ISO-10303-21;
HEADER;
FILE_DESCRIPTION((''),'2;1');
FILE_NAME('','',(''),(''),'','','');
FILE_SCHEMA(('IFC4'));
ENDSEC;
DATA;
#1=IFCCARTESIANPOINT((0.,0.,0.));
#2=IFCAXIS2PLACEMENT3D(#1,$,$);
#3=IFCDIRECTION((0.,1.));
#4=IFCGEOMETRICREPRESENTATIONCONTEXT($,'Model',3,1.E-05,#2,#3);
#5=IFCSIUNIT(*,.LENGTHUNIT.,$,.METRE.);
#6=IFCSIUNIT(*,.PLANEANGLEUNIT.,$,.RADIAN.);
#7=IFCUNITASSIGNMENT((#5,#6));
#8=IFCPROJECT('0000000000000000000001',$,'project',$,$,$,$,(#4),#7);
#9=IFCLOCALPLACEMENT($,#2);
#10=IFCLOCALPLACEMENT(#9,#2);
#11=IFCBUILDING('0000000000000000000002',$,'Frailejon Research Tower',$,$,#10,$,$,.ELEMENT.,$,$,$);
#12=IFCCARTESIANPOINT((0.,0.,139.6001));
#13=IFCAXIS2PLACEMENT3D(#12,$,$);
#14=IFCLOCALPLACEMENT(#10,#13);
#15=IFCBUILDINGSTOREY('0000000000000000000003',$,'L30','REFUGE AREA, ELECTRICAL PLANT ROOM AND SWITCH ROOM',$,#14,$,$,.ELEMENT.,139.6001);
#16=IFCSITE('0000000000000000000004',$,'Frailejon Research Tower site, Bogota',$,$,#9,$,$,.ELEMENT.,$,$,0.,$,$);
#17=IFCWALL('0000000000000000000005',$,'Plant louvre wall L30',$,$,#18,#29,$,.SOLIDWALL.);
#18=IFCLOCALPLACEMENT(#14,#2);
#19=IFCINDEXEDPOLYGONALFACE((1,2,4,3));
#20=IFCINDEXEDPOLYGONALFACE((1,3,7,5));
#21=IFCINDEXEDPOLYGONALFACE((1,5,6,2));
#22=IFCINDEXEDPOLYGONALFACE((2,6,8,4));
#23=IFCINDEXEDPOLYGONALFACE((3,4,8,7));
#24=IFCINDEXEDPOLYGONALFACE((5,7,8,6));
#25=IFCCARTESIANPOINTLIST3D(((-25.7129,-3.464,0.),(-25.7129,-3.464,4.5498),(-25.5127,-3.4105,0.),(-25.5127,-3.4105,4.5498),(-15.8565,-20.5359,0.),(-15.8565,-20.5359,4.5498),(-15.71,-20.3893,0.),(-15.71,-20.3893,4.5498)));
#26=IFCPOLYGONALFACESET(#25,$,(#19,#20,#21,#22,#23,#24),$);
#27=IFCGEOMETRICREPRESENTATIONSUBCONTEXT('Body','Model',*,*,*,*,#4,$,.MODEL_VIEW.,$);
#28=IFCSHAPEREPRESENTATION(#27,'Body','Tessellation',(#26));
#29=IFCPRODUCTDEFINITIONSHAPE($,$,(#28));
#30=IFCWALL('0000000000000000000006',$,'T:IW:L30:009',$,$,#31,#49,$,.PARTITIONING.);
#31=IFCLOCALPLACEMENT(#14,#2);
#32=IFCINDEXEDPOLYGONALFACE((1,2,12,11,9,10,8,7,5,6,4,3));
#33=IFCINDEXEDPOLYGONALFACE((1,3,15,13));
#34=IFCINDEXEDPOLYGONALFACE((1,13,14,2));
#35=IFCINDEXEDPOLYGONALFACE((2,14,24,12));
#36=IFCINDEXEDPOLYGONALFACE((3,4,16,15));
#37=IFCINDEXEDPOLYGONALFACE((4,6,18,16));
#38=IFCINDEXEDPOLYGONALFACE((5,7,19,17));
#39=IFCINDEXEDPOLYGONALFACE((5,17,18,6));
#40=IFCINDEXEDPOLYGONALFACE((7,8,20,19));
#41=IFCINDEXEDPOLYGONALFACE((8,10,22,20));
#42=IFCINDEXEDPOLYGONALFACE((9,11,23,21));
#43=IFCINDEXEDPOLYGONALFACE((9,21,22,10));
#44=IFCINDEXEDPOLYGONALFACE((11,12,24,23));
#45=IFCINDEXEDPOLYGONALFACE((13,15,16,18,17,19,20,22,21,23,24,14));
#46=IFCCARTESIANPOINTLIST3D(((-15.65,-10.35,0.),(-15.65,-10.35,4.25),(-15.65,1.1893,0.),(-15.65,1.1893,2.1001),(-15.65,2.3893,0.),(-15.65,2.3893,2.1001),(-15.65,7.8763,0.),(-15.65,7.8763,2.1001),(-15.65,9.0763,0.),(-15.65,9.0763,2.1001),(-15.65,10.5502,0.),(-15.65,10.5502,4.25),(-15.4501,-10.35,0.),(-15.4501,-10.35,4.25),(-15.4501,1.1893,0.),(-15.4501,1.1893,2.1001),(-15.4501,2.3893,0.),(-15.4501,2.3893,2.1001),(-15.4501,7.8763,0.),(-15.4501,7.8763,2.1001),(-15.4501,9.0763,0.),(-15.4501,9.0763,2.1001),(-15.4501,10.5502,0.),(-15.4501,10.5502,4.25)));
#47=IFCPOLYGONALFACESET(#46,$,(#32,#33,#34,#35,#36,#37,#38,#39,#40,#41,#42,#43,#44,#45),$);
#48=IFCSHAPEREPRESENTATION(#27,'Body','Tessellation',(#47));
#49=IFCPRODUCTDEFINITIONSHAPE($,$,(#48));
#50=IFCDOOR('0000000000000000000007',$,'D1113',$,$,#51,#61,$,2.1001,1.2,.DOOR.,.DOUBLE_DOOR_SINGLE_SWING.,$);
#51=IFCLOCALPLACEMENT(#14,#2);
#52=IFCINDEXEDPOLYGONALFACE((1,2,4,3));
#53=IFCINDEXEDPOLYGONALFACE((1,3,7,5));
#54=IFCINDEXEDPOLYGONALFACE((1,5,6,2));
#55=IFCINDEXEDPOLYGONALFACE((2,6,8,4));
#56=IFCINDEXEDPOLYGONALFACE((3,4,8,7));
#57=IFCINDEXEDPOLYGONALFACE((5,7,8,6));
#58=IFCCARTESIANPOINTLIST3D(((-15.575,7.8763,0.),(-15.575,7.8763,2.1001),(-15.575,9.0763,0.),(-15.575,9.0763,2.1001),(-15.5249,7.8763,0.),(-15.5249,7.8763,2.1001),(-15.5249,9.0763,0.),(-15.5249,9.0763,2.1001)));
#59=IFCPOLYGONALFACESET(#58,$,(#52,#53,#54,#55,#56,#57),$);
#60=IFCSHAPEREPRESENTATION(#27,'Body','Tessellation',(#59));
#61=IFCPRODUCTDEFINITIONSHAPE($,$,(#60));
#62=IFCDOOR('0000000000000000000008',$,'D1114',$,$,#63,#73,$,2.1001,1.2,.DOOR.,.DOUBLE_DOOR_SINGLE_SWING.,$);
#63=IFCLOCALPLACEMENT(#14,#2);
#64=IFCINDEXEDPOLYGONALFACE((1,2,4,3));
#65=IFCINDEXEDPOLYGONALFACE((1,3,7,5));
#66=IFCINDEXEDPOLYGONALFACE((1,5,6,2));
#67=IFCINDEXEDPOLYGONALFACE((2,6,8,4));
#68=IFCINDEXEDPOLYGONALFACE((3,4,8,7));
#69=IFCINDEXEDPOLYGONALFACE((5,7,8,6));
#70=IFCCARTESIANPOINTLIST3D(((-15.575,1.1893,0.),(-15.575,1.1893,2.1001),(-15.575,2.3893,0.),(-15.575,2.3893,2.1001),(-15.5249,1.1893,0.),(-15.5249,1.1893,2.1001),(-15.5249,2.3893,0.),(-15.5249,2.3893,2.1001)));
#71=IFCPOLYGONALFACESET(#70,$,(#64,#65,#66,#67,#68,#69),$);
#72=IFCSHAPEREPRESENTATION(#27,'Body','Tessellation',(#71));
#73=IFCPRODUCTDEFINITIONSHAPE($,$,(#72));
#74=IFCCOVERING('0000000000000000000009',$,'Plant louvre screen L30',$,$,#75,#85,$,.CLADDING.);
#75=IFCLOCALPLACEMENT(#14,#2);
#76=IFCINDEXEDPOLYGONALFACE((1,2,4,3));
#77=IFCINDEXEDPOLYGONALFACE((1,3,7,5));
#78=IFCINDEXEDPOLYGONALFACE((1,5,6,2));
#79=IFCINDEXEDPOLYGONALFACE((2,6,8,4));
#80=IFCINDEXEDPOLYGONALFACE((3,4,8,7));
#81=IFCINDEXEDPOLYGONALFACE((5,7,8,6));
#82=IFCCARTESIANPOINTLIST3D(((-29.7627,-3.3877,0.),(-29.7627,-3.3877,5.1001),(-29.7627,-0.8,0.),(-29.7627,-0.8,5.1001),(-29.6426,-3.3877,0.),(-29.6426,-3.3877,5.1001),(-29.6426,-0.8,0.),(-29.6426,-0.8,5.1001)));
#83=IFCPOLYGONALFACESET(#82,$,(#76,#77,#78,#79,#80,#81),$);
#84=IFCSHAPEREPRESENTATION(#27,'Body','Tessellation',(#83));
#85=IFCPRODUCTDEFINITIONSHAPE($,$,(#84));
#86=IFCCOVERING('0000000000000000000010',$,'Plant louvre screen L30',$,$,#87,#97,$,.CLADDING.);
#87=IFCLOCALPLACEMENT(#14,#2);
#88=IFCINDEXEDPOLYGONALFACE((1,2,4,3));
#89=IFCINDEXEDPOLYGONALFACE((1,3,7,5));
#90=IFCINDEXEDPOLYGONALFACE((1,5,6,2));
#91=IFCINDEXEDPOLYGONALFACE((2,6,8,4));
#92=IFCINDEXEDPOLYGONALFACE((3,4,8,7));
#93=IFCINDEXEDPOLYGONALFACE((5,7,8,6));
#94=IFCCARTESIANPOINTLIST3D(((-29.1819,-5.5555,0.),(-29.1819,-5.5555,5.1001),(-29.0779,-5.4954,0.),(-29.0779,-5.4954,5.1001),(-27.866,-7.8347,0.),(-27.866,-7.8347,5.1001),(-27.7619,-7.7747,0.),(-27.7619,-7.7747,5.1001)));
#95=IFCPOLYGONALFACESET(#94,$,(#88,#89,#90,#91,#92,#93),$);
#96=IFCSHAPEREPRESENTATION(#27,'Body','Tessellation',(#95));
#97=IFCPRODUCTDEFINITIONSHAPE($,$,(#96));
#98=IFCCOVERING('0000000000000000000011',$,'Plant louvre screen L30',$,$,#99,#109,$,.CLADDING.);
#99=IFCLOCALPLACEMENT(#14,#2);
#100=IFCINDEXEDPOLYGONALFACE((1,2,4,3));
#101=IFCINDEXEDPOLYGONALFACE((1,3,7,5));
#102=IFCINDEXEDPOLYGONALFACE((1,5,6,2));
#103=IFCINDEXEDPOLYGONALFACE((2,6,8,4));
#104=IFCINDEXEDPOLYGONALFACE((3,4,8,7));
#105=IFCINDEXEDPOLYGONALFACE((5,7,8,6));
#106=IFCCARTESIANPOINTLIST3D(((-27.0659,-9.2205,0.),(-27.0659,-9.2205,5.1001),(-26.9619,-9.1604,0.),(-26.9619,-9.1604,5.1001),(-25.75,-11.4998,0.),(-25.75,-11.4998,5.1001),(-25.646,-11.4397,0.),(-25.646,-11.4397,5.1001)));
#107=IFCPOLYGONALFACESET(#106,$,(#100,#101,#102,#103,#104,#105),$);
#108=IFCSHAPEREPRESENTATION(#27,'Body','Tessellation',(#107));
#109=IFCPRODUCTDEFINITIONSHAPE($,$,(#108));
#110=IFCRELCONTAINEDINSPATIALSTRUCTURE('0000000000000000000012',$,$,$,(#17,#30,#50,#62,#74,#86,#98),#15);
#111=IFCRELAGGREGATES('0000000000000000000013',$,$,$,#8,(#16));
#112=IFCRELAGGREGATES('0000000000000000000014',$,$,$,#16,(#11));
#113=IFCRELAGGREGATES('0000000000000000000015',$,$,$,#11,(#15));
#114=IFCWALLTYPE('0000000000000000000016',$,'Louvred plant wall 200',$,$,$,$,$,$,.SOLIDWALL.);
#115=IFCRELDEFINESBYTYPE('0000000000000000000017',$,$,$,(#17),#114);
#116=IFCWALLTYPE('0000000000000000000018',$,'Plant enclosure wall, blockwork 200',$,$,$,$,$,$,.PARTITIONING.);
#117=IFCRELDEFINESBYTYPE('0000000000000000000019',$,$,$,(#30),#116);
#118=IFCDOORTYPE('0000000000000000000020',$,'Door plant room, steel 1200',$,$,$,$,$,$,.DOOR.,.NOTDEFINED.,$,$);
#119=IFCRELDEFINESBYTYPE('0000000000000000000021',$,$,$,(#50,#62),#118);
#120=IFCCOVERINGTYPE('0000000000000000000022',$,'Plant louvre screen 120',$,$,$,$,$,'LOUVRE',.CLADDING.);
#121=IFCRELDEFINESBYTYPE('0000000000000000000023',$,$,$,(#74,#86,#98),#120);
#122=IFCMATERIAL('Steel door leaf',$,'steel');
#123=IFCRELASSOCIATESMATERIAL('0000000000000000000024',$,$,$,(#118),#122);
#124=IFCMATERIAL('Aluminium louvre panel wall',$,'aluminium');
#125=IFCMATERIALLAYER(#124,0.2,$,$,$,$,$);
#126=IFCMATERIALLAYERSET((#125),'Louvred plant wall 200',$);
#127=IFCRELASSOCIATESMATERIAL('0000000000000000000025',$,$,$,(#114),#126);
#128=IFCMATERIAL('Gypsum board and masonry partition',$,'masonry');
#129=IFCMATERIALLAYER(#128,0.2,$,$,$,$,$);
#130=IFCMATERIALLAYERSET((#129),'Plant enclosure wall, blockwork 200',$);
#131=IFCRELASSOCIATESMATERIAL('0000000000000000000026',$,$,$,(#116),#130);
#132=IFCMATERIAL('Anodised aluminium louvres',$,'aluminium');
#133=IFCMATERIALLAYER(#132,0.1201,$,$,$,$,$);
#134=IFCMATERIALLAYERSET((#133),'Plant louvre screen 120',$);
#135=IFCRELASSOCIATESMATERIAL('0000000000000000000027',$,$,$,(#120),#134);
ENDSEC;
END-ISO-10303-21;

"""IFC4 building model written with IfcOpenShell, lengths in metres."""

from ifc_helpers import new_model, si_unit, direction, frame, frame_2d, origin, place, context, subcontext, project, spatial, polyline, rectangle, outline, extrude, material, layer, layer_set, type_object, element, fill, save


model = new_model("IFC4")

# Units and contexts
model_context = context("Model", 3, precision=1e-05, world=origin(), true_north=direction((0.0, 1.0)))
body_context = subcontext(model_context, "Body", "Model", "MODEL_VIEW")
ifc_project = project(units=[si_unit("LENGTHUNIT", "METRE"), si_unit("PLANEANGLEUNIT", "RADIAN")], contexts=[model_context])

# Site, building, storey
site_placement = place(None, origin())
site = spatial("IfcSite", under=ifc_project, at=site_placement, Name="Frailejon Research Tower site, Bogota", CompositionType="ELEMENT", RefElevation=0.0)
building_placement = place(site_placement, origin())
building = spatial("IfcBuilding", under=site, at=building_placement, Name="Frailejon Research Tower", CompositionType="ELEMENT")
storey_placement = place(building_placement, frame((0.0, 0.0, 139.6001)))
storey = spatial("IfcBuildingStorey", under=building, at=storey_placement, Name="L30", Description="REFUGE AREA, ELECTRICAL PLANT ROOM AND SWITCH ROOM", CompositionType="ELEMENT", Elevation=139.6001)

# Shared definitions
ifc_material_1 = material(Name="Steel door leaf", Category="steel")
door_type_1 = type_object("IfcDoorType", Name="Door plant room, steel 1200", OperationType="NOTDEFINED", PredefinedType="DOOR", material=ifc_material_1)

# Wall
ifc_material_2 = material(Name="Aluminium louvre panel wall", Category="aluminium")
ifc_layer_1 = layer(ifc_material_2, 0.2)
ifc_layer_set_1 = layer_set([ifc_layer_1], Name="Louvred plant wall 200")
wall_type_1 = type_object("IfcWallType", Name="Louvred plant wall 200", PredefinedType="SOLIDWALL", material=ifc_layer_set_1)
wall_1_placement = place(storey_placement, frame((-25.6128, -3.4373, 0.0), z_axis=(0.0, 0.0, 1.0), x_axis=(0.499999, -0.866026, 0.0)))
element("IfcWall", 1, at=wall_1_placement, inside=storey, type_object=wall_type_1, Name="Plant louvre wall L30", PredefinedType="SOLIDWALL", context=body_context, shape_type="SweptSolid", body=[
    extrude(outline(polyline([(-0.0269, -0.1001), (19.686, -0.1001), (19.6323, 0.1001), (0.0269, 0.1001), (-0.0269, -0.1001)])), origin(), (0.0, 0.0, 1.0), 4.5498),
])

# Wall, openings, doors
ifc_material_3 = material(Name="Gypsum board and masonry partition", Category="masonry")
ifc_layer_2 = layer(ifc_material_3, 0.2)
ifc_layer_set_2 = layer_set([ifc_layer_2], Name="Plant enclosure wall, blockwork 200")
wall_type_2 = type_object("IfcWallType", Name="Plant enclosure wall, blockwork 200", PredefinedType="PARTITIONING", material=ifc_layer_set_2)
wall_2_placement = place(storey_placement, frame((-15.55, -10.3501, 0.0), z_axis=(0.0, 0.0, 1.0), x_axis=(0.0, 1.0, 0.0)))
wall_2 = element("IfcWall", 2, at=wall_2_placement, inside=storey, type_object=wall_type_2, Name="T:IW:L30:009", PredefinedType="PARTITIONING", context=body_context, shape_type="SweptSolid", body=[
    extrude(rectangle(XDim=20.9001, YDim=0.2, at=frame_2d((10.4502, 0.0))), origin(), (0.0, 0.0, 1.0), 4.25),
])
opening_1_placement = place(wall_2_placement, frame((18.2263, 0.0, 0.0)))
opening_1 = element("IfcOpeningElement", 3, at=opening_1_placement, cuts=wall_2, PredefinedType="OPENING", context=body_context, shape_type="SweptSolid", body=[
    extrude(rectangle(XDim=1.2, YDim=2.1001, at=frame_2d((0.6001, 1.05))), frame((0.0, 0.1099, 0.0), z_axis=(0.0, -1.0, 0.0), x_axis=(1.0, 0.0, 0.0)), (0.0, 0.0, 1.0), 0.22),
])
opening_2_placement = place(wall_2_placement, frame((11.5393, 0.0, 0.0)))
opening_2 = element("IfcOpeningElement", 4, at=opening_2_placement, cuts=wall_2, PredefinedType="OPENING", context=body_context, shape_type="SweptSolid", body=[
    extrude(rectangle(XDim=1.2, YDim=2.1001, at=frame_2d((0.6001, 1.05))), frame((0.0, 0.1099, 0.0), z_axis=(0.0, -1.0, 0.0), x_axis=(1.0, 0.0, 0.0)), (0.0, 0.0, 1.0), 0.22),
])
door_1_placement = place(opening_1_placement, origin())
door_1 = element("IfcDoor", 5, at=door_1_placement, inside=storey, type_object=door_type_1, Name="D1113", OperationType="DOUBLE_DOOR_SINGLE_SWING", OverallHeight=2.1001, OverallWidth=1.2, PredefinedType="DOOR", context=body_context, shape_type="SweptSolid", body=[
    extrude(rectangle(XDim=1.2, YDim=2.1001, at=frame_2d((0.6001, 1.05))), frame((0.0, 0.0249, 0.0), z_axis=(0.0, -1.0, 0.0), x_axis=(1.0, 0.0, 0.0)), (0.0, 0.0, 1.0), 0.05),
])
fill(opening_1, door_1)
door_2_placement = place(opening_2_placement, origin())
door_2 = element("IfcDoor", 6, at=door_2_placement, inside=storey, type_object=door_type_1, Name="D1114", OperationType="DOUBLE_DOOR_SINGLE_SWING", OverallHeight=2.1001, OverallWidth=1.2, PredefinedType="DOOR", context=body_context, shape_type="SweptSolid", body=[
    extrude(rectangle(XDim=1.2, YDim=2.1001, at=frame_2d((0.6001, 1.05))), frame((0.0, 0.0249, 0.0), z_axis=(0.0, -1.0, 0.0), x_axis=(1.0, 0.0, 0.0)), (0.0, 0.0, 1.0), 0.05),
])
fill(opening_2, door_2)

# Coverings
ifc_material_4 = material(Name="Anodised aluminium louvres", Category="aluminium")
ifc_layer_3 = layer(ifc_material_4, 0.1201)
ifc_layer_set_3 = layer_set([ifc_layer_3], Name="Plant louvre screen 120")
covering_type = type_object("IfcCoveringType", Name="Plant louvre screen 120", ElementType="LOUVRE", PredefinedType="CLADDING", material=ifc_layer_set_3)
covering_placement = place(storey_placement, frame((-29.7627, -3.3877, 0.0), z_axis=(0.0, 1.0, 0.0), x_axis=(-1.0, 0.0, 0.0)))
element("IfcCovering", 7, at=covering_placement, inside=storey, type_object=covering_type, Name="Plant louvre screen L30", PredefinedType="CLADDING", context=body_context, shape_type="SweptSolid", body=[
    extrude(outline(polyline([(-0.1201, 0.0), (0.0, 0.0), (0.0, 5.1001), (-0.1201, 5.1001), (-0.1201, 0.0)])), origin(), (0.0, 0.0, 1.0), 2.5876),
])
for number, where, z_axis, x_axis, name in (
    (8, (-27.866, -7.8347, 0.0), (-0.500012, 0.866018, 0.0), (-0.866018, -0.500012, 0.0), "Plant louvre screen L30"),
    (9, (-25.75, -11.4998, 0.0), (-0.499984, 0.866034, 0.0), (-0.866034, -0.499984, 0.0), "Plant louvre screen L30"),
):
    element("IfcCovering", number, at=place(storey_placement, frame(where, z_axis=z_axis, x_axis=x_axis)), inside=storey, type_object=covering_type, Name=name, PredefinedType="CLADDING", context=body_context, shape_type="SweptSolid", body=[
        extrude(outline(polyline([(-0.1201, 0.0), (0.0, 0.0), (0.0, 5.1001), (-0.1201, 5.1001), (-0.1201, 0.0)])), origin(), (0.0, 0.0, 1.0), 2.6318),
    ])

save(model, "model.ifc")
